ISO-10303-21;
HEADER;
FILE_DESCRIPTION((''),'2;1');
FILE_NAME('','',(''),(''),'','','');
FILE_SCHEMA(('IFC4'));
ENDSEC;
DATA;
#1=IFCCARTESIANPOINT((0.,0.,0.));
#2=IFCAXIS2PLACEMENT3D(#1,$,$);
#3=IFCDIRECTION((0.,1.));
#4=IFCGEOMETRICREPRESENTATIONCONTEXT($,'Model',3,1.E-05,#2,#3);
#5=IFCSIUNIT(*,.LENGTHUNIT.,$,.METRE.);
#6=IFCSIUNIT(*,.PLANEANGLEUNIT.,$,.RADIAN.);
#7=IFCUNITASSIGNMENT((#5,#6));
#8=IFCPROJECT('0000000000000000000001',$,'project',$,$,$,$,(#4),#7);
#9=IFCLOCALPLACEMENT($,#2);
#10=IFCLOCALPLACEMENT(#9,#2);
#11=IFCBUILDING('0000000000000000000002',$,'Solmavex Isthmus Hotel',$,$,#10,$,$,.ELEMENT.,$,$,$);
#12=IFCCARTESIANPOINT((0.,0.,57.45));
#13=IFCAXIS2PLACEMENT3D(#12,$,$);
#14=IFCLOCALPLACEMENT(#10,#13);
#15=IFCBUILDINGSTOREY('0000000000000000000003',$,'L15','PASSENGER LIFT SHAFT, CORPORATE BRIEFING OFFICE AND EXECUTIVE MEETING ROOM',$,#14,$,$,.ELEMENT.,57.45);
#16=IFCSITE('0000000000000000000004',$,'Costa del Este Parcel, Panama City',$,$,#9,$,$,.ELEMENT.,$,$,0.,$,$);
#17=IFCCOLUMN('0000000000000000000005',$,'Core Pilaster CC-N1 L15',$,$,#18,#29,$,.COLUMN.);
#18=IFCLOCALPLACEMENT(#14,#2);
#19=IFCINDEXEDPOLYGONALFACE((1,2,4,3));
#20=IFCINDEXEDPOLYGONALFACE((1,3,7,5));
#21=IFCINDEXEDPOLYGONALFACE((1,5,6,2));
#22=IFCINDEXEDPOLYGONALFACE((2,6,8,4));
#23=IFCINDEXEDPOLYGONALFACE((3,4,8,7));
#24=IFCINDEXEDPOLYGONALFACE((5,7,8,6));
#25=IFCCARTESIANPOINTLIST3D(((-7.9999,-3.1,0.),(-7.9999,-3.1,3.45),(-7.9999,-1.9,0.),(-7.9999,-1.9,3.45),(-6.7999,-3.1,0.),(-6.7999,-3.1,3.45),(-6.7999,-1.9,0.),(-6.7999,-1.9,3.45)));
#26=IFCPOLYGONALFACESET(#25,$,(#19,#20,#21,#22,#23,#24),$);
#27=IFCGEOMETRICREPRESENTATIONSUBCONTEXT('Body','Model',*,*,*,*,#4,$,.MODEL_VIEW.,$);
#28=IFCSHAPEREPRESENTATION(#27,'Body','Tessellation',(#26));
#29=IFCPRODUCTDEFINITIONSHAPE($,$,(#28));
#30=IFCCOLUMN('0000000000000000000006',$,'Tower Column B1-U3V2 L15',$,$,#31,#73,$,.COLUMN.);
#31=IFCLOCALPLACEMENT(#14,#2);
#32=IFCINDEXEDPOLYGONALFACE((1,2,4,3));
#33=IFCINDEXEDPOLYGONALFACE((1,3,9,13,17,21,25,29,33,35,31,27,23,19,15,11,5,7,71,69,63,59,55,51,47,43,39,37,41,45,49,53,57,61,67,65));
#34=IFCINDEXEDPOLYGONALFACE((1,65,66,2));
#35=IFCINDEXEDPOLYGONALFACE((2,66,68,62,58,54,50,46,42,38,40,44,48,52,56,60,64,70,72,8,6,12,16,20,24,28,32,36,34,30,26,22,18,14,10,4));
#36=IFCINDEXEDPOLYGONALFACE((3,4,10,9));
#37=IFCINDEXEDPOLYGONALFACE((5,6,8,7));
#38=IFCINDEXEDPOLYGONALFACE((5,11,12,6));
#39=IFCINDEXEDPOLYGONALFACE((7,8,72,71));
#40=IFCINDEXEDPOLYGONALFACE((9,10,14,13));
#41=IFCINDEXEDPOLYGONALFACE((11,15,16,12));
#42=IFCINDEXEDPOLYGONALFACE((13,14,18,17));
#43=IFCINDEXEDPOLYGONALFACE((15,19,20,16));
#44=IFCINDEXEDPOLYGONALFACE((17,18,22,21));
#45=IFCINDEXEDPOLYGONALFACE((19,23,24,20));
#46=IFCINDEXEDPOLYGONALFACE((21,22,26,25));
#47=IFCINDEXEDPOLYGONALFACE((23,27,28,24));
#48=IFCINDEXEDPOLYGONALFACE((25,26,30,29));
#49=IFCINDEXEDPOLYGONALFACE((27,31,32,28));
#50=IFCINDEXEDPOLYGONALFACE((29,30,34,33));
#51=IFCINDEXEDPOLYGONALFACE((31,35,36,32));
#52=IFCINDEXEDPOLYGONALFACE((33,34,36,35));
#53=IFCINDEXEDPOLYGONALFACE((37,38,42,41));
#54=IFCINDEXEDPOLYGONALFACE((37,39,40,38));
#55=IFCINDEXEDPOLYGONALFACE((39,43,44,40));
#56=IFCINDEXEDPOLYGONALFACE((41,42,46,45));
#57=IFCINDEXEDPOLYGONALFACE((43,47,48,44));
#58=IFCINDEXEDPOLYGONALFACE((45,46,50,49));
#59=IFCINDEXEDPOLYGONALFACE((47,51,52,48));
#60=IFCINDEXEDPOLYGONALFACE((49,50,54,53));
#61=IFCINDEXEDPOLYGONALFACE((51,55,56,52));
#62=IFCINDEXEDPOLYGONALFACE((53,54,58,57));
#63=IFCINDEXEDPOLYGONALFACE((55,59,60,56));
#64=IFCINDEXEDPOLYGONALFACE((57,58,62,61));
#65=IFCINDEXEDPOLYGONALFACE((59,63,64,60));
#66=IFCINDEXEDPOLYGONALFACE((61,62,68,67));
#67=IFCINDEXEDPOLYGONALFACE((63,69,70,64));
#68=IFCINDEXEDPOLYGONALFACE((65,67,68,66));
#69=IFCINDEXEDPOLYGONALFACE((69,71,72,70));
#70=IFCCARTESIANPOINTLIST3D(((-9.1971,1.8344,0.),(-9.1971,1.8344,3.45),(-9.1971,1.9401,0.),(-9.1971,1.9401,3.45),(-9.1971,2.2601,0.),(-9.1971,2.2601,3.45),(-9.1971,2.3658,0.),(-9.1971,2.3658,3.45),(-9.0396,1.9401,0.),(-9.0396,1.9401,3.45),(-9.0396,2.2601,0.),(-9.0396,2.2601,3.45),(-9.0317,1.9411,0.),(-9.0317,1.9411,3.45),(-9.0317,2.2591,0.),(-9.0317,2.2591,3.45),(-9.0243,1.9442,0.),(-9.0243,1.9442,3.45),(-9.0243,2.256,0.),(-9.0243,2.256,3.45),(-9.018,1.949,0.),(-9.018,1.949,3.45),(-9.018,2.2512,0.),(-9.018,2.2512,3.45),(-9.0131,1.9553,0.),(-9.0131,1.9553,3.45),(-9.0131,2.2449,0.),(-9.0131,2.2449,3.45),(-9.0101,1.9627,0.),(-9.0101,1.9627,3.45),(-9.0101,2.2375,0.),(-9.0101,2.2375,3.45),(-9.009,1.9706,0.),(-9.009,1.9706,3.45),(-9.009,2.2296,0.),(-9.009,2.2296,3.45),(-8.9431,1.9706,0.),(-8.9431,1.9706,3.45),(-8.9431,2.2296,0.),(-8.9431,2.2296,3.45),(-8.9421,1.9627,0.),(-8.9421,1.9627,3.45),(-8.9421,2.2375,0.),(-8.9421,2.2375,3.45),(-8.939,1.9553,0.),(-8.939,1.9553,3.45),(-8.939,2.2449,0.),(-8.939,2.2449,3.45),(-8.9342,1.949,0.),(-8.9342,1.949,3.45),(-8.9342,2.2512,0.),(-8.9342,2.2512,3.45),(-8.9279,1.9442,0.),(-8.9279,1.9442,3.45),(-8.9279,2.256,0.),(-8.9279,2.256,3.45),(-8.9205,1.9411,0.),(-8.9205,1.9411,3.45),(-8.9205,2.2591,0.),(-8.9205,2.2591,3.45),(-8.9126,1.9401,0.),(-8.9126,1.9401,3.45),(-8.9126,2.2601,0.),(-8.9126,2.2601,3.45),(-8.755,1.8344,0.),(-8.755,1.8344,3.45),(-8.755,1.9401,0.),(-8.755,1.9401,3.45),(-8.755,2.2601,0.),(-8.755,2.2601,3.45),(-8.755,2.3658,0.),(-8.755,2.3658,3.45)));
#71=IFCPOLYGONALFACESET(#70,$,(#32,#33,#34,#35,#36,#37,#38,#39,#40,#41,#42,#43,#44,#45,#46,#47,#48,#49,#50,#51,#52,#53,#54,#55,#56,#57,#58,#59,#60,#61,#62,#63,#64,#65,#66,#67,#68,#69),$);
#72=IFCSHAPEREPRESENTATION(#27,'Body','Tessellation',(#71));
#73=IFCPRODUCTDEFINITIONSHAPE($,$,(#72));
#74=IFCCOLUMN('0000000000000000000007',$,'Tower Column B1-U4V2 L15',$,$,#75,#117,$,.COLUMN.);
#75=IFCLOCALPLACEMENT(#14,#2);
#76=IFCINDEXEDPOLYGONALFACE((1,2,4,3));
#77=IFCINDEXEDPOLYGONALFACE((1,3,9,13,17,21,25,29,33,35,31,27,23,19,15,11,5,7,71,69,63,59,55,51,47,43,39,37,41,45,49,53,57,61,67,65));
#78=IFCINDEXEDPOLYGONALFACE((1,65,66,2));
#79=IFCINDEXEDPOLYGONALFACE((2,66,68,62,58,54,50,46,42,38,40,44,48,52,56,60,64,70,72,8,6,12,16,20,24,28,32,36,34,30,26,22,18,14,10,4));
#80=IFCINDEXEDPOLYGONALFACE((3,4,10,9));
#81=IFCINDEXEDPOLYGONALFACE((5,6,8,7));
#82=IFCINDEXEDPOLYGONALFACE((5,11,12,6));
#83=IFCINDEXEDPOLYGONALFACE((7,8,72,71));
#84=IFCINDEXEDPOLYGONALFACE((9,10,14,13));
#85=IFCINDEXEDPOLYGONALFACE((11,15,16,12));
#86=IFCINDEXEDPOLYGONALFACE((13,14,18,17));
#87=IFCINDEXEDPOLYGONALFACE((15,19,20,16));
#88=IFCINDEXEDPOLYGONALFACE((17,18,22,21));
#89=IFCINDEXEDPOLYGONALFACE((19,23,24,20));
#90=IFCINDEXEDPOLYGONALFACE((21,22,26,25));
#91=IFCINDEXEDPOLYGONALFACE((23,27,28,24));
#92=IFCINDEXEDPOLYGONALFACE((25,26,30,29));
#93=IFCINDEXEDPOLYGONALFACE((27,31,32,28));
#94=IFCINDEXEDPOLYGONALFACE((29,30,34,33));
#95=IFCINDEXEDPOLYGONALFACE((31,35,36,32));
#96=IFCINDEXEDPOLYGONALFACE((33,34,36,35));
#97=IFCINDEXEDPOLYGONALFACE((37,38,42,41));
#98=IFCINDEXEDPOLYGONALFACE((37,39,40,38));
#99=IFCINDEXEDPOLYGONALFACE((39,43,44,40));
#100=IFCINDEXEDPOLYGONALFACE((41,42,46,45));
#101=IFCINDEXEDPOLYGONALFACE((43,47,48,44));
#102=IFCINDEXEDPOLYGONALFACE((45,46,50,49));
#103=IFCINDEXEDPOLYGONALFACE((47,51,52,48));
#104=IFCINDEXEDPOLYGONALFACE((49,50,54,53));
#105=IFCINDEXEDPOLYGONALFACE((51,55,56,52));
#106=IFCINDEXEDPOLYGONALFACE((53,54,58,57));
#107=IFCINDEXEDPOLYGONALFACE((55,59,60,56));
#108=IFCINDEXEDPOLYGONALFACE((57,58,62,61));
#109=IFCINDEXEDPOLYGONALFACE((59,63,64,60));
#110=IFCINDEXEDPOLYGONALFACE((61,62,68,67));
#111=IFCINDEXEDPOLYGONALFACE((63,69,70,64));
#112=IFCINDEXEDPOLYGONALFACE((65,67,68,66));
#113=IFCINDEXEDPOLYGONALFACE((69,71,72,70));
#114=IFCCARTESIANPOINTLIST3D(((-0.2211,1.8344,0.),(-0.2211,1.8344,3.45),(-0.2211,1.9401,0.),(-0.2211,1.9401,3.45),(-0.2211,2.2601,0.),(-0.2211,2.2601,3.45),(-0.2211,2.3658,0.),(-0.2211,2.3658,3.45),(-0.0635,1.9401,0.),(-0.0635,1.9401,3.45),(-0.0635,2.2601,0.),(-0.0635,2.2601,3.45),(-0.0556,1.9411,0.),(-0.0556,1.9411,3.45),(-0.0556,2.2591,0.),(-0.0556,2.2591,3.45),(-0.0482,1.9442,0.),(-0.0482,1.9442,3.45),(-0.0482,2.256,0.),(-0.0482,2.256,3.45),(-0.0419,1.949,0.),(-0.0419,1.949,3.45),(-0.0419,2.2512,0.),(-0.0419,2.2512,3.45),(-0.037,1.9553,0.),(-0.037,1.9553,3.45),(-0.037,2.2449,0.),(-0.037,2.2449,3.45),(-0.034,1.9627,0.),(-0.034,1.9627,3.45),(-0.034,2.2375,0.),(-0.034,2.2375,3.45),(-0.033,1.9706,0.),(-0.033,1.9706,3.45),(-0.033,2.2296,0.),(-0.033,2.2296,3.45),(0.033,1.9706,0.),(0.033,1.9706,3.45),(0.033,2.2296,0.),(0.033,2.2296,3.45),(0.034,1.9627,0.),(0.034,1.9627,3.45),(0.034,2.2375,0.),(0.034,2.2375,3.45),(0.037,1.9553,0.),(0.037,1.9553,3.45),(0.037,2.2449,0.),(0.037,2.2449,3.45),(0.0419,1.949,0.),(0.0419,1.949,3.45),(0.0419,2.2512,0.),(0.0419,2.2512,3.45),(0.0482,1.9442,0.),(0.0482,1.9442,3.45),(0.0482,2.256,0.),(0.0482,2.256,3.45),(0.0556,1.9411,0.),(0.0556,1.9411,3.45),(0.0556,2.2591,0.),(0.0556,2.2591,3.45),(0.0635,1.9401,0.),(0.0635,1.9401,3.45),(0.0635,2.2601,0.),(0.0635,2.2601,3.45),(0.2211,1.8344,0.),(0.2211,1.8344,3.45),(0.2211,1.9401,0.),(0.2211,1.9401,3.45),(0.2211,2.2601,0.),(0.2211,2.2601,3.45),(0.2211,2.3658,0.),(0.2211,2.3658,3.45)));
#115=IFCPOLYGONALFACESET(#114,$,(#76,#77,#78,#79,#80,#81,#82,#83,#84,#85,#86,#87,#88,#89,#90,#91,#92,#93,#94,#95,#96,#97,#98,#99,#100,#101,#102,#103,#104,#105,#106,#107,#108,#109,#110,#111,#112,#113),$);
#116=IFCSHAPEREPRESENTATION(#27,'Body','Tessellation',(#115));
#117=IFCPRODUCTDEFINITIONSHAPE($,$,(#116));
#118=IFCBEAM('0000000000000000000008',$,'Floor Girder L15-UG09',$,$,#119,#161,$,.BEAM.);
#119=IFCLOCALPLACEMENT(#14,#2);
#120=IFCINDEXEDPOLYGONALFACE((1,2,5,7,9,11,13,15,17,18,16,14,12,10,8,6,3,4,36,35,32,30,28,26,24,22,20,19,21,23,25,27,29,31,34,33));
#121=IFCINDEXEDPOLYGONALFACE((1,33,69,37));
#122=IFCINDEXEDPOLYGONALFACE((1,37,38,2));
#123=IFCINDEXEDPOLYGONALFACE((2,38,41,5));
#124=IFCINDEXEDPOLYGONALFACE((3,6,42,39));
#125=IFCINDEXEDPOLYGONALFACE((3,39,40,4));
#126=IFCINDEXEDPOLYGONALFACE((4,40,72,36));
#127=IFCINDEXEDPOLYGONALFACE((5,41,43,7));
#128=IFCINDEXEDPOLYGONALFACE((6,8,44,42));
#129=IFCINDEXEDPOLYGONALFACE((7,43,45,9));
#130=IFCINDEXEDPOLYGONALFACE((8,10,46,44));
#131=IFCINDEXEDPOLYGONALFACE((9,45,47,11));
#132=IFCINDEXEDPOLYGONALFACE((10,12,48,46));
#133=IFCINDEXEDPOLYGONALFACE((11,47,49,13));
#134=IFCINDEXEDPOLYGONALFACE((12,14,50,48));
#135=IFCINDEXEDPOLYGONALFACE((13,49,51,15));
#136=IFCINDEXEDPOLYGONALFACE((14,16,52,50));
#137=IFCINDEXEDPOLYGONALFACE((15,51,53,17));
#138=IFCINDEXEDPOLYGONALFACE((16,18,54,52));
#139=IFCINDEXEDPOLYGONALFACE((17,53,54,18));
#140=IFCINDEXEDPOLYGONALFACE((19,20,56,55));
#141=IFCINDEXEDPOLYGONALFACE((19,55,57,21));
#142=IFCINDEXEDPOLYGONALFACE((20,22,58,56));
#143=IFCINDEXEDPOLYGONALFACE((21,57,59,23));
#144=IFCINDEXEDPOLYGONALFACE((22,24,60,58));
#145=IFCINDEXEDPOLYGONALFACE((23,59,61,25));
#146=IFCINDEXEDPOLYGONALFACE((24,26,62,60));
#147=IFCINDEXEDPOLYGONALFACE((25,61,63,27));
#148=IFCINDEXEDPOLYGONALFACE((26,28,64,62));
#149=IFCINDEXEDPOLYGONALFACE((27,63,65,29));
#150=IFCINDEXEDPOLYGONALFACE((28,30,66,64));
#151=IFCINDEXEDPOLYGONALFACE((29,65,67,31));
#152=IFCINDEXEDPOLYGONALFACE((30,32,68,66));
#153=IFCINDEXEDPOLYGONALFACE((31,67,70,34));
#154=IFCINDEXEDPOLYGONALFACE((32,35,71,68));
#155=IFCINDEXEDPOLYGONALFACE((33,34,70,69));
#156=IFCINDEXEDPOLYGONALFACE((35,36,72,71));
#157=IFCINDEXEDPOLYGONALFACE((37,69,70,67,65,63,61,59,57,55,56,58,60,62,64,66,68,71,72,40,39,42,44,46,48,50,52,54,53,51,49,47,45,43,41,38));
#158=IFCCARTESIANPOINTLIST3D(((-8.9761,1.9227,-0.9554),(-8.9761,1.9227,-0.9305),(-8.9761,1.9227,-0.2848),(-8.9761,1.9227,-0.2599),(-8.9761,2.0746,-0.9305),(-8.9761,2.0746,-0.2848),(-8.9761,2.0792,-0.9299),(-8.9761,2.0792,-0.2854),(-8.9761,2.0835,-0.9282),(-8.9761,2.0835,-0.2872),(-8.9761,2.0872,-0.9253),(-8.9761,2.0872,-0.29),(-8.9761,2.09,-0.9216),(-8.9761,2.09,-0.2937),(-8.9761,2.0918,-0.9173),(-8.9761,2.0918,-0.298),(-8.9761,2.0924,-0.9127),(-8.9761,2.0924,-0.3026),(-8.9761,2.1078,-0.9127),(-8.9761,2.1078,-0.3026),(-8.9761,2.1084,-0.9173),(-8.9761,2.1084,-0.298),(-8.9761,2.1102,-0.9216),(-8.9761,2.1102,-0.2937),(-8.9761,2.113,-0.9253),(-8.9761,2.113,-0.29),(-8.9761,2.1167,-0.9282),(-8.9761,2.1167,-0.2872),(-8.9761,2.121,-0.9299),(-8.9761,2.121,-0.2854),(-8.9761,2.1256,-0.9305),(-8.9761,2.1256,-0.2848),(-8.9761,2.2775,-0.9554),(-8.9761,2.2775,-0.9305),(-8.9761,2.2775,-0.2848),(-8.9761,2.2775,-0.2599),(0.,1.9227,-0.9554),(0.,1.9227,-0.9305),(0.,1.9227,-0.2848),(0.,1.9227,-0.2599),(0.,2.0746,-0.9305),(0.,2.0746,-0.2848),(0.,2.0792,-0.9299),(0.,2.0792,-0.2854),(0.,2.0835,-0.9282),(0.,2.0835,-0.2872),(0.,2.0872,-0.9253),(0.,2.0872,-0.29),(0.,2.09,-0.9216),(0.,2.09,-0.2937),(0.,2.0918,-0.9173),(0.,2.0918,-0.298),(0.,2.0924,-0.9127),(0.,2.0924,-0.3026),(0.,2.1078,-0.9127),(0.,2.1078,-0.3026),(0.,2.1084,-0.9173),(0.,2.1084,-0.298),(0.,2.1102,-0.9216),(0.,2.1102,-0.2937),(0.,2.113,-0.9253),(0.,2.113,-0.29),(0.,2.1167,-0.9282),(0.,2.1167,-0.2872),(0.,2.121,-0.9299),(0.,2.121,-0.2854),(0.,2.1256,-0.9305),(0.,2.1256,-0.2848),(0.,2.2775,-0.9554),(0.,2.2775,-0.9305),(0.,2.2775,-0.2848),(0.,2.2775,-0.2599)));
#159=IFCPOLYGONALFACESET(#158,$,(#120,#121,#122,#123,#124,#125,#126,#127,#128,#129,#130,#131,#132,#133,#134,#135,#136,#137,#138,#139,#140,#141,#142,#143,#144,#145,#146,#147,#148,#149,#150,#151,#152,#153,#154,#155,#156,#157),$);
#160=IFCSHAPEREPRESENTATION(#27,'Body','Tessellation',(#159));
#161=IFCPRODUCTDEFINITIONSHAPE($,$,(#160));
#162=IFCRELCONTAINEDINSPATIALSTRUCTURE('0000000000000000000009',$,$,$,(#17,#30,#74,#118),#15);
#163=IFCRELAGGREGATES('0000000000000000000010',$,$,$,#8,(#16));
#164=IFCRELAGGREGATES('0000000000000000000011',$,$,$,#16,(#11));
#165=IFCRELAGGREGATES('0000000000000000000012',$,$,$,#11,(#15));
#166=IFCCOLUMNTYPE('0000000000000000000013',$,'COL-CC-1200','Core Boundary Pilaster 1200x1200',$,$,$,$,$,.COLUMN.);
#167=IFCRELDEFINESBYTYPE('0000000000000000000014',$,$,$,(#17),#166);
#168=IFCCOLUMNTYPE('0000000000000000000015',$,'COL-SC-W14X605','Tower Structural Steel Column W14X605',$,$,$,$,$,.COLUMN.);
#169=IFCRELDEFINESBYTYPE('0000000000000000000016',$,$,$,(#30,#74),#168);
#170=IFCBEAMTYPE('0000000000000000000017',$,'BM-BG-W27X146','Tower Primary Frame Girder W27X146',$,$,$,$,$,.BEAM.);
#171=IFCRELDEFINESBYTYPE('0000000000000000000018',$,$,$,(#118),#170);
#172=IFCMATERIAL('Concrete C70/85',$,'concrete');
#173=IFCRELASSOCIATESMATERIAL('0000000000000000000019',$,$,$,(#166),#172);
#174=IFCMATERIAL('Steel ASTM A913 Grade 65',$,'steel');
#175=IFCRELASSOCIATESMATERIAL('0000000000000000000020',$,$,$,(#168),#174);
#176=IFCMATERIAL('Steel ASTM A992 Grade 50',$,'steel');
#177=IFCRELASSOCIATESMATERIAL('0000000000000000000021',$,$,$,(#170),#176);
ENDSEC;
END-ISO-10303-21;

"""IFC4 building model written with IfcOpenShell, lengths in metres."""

from ifc_helpers import new_model, si_unit, direction, frame, origin, origin_2d, place, context, subcontext, project, spatial, rectangle, i_section, extrude, material, material_profile, profile_set, type_object, element, save


model = new_model("IFC4")

# Units and contexts
model_context = context("Model", 3, precision=1e-05, world=origin(), true_north=direction((0.0, 1.0)))
body_context = subcontext(model_context, "Body", "Model", "MODEL_VIEW")
ifc_project = project(units=[si_unit("LENGTHUNIT", "METRE"), si_unit("PLANEANGLEUNIT", "RADIAN")], contexts=[model_context])

# Site, building, storey
site_placement = place(None, origin())
site = spatial("IfcSite", under=ifc_project, at=site_placement, Name="Costa del Este Parcel, Panama City", CompositionType="ELEMENT", RefElevation=0.0)
building_placement = place(site_placement, origin())
building = spatial("IfcBuilding", under=site, at=building_placement, Name="Solmavex Isthmus Hotel", CompositionType="ELEMENT")
storey_placement = place(building_placement, frame((0.0, 0.0, 57.45)))
storey = spatial("IfcBuildingStorey", under=building, at=storey_placement, Name="L15", Description="PASSENGER LIFT SHAFT, CORPORATE BRIEFING OFFICE AND EXECUTIVE MEETING ROOM", CompositionType="ELEMENT", Elevation=57.45)

# Columns
ifc_material_1 = material(Name="Concrete C70/85", Category="concrete")
ifc_material_profile_1 = material_profile(ifc_material_1, rectangle(XDim=1.2, YDim=1.2, at=origin_2d()), Name="RC1200X1200")
ifc_profile_set_1 = profile_set([ifc_material_profile_1], Name="Concrete C70/85")
column_type_1 = type_object("IfcColumnType", Name="COL-CC-1200", Description="Core Boundary Pilaster 1200x1200", PredefinedType="COLUMN", material=ifc_profile_set_1)
column_placement = place(storey_placement, frame((-7.3999, -2.5, 0.0), z_axis=(0.0, 0.0, 1.0), x_axis=(1.0, 0.0, 0.0)))
element("IfcColumn", 1, at=column_placement, inside=storey, type_object=column_type_1, Name="Core Pilaster CC-N1 L15", PredefinedType="COLUMN", context=body_context, shape_type="SweptSolid", body=[
    extrude(rectangle(XDim=1.2, YDim=1.2, at=origin_2d()), origin(), (0.0, 0.0, 1.0), 3.45),
])
ifc_material_2 = material(Name="Steel ASTM A913 Grade 65", Category="steel")
ifc_material_profile_2 = material_profile(ifc_material_2, i_section(OverallWidth=0.4421, OverallDepth=0.5315, WebThickness=0.0659, FlangeThickness=0.1057, FilletRadius=0.0305, at=origin_2d()), Name="W14X605")
ifc_profile_set_2 = profile_set([ifc_material_profile_2], Name="Steel ASTM A913 Grade 65")
column_type_2 = type_object("IfcColumnType", Name="COL-SC-W14X605", Description="Tower Structural Steel Column W14X605", PredefinedType="COLUMN", material=ifc_profile_set_2)
for number, where, z_axis, x_axis, name in (
    (2, (-8.9761, 2.1001, 0.0), (0.0, 0.0, 1.0), (1.0, 0.0, 0.0), "Tower Column B1-U3V2 L15"),
    (3, (0.0, 2.1001, 0.0), (0.0, 0.0, 1.0), (1.0, 0.0, 0.0), "Tower Column B1-U4V2 L15"),
):
    element("IfcColumn", number, at=place(storey_placement, frame(where, z_axis=z_axis, x_axis=x_axis)), inside=storey, type_object=column_type_2, Name=name, PredefinedType="COLUMN", context=body_context, shape_type="SweptSolid", body=[
        extrude(i_section(OverallWidth=0.4421, OverallDepth=0.5315, WebThickness=0.0659, FlangeThickness=0.1057, FilletRadius=0.0305, at=origin_2d()), origin(), (0.0, 0.0, 1.0), 3.45),
    ])

# Beam
ifc_material_3 = material(Name="Steel ASTM A992 Grade 50", Category="steel")
ifc_material_profile_3 = material_profile(ifc_material_3, i_section(OverallWidth=0.3547, OverallDepth=0.6956, WebThickness=0.0154, FlangeThickness=0.0249, FilletRadius=0.0178, at=origin_2d()), Name="W27X146")
ifc_profile_set_3 = profile_set([ifc_material_profile_3], Name="Steel ASTM A992 Grade 50")
beam_type_1 = type_object("IfcBeamType", Name="BM-BG-W27X146", Description="Tower Primary Frame Girder W27X146", PredefinedType="BEAM", material=ifc_profile_set_3)
beam_1_placement = place(storey_placement, frame((-8.9761, 2.1001, -0.6077), z_axis=(1.0, 0.0, 0.0), x_axis=(0.0, 1.0, 0.0)))
element("IfcBeam", 4, at=beam_1_placement, inside=storey, type_object=beam_type_1, Name="Floor Girder L15-UG09", PredefinedType="BEAM", context=body_context, shape_type="SweptSolid", body=[
    extrude(i_section(OverallWidth=0.3547, OverallDepth=0.6956, WebThickness=0.0154, FlangeThickness=0.0249, FilletRadius=0.0178, at=origin_2d()), origin(), (0.0, 0.0, 1.0), 8.9761),
])

save(model, "model.ifc")
